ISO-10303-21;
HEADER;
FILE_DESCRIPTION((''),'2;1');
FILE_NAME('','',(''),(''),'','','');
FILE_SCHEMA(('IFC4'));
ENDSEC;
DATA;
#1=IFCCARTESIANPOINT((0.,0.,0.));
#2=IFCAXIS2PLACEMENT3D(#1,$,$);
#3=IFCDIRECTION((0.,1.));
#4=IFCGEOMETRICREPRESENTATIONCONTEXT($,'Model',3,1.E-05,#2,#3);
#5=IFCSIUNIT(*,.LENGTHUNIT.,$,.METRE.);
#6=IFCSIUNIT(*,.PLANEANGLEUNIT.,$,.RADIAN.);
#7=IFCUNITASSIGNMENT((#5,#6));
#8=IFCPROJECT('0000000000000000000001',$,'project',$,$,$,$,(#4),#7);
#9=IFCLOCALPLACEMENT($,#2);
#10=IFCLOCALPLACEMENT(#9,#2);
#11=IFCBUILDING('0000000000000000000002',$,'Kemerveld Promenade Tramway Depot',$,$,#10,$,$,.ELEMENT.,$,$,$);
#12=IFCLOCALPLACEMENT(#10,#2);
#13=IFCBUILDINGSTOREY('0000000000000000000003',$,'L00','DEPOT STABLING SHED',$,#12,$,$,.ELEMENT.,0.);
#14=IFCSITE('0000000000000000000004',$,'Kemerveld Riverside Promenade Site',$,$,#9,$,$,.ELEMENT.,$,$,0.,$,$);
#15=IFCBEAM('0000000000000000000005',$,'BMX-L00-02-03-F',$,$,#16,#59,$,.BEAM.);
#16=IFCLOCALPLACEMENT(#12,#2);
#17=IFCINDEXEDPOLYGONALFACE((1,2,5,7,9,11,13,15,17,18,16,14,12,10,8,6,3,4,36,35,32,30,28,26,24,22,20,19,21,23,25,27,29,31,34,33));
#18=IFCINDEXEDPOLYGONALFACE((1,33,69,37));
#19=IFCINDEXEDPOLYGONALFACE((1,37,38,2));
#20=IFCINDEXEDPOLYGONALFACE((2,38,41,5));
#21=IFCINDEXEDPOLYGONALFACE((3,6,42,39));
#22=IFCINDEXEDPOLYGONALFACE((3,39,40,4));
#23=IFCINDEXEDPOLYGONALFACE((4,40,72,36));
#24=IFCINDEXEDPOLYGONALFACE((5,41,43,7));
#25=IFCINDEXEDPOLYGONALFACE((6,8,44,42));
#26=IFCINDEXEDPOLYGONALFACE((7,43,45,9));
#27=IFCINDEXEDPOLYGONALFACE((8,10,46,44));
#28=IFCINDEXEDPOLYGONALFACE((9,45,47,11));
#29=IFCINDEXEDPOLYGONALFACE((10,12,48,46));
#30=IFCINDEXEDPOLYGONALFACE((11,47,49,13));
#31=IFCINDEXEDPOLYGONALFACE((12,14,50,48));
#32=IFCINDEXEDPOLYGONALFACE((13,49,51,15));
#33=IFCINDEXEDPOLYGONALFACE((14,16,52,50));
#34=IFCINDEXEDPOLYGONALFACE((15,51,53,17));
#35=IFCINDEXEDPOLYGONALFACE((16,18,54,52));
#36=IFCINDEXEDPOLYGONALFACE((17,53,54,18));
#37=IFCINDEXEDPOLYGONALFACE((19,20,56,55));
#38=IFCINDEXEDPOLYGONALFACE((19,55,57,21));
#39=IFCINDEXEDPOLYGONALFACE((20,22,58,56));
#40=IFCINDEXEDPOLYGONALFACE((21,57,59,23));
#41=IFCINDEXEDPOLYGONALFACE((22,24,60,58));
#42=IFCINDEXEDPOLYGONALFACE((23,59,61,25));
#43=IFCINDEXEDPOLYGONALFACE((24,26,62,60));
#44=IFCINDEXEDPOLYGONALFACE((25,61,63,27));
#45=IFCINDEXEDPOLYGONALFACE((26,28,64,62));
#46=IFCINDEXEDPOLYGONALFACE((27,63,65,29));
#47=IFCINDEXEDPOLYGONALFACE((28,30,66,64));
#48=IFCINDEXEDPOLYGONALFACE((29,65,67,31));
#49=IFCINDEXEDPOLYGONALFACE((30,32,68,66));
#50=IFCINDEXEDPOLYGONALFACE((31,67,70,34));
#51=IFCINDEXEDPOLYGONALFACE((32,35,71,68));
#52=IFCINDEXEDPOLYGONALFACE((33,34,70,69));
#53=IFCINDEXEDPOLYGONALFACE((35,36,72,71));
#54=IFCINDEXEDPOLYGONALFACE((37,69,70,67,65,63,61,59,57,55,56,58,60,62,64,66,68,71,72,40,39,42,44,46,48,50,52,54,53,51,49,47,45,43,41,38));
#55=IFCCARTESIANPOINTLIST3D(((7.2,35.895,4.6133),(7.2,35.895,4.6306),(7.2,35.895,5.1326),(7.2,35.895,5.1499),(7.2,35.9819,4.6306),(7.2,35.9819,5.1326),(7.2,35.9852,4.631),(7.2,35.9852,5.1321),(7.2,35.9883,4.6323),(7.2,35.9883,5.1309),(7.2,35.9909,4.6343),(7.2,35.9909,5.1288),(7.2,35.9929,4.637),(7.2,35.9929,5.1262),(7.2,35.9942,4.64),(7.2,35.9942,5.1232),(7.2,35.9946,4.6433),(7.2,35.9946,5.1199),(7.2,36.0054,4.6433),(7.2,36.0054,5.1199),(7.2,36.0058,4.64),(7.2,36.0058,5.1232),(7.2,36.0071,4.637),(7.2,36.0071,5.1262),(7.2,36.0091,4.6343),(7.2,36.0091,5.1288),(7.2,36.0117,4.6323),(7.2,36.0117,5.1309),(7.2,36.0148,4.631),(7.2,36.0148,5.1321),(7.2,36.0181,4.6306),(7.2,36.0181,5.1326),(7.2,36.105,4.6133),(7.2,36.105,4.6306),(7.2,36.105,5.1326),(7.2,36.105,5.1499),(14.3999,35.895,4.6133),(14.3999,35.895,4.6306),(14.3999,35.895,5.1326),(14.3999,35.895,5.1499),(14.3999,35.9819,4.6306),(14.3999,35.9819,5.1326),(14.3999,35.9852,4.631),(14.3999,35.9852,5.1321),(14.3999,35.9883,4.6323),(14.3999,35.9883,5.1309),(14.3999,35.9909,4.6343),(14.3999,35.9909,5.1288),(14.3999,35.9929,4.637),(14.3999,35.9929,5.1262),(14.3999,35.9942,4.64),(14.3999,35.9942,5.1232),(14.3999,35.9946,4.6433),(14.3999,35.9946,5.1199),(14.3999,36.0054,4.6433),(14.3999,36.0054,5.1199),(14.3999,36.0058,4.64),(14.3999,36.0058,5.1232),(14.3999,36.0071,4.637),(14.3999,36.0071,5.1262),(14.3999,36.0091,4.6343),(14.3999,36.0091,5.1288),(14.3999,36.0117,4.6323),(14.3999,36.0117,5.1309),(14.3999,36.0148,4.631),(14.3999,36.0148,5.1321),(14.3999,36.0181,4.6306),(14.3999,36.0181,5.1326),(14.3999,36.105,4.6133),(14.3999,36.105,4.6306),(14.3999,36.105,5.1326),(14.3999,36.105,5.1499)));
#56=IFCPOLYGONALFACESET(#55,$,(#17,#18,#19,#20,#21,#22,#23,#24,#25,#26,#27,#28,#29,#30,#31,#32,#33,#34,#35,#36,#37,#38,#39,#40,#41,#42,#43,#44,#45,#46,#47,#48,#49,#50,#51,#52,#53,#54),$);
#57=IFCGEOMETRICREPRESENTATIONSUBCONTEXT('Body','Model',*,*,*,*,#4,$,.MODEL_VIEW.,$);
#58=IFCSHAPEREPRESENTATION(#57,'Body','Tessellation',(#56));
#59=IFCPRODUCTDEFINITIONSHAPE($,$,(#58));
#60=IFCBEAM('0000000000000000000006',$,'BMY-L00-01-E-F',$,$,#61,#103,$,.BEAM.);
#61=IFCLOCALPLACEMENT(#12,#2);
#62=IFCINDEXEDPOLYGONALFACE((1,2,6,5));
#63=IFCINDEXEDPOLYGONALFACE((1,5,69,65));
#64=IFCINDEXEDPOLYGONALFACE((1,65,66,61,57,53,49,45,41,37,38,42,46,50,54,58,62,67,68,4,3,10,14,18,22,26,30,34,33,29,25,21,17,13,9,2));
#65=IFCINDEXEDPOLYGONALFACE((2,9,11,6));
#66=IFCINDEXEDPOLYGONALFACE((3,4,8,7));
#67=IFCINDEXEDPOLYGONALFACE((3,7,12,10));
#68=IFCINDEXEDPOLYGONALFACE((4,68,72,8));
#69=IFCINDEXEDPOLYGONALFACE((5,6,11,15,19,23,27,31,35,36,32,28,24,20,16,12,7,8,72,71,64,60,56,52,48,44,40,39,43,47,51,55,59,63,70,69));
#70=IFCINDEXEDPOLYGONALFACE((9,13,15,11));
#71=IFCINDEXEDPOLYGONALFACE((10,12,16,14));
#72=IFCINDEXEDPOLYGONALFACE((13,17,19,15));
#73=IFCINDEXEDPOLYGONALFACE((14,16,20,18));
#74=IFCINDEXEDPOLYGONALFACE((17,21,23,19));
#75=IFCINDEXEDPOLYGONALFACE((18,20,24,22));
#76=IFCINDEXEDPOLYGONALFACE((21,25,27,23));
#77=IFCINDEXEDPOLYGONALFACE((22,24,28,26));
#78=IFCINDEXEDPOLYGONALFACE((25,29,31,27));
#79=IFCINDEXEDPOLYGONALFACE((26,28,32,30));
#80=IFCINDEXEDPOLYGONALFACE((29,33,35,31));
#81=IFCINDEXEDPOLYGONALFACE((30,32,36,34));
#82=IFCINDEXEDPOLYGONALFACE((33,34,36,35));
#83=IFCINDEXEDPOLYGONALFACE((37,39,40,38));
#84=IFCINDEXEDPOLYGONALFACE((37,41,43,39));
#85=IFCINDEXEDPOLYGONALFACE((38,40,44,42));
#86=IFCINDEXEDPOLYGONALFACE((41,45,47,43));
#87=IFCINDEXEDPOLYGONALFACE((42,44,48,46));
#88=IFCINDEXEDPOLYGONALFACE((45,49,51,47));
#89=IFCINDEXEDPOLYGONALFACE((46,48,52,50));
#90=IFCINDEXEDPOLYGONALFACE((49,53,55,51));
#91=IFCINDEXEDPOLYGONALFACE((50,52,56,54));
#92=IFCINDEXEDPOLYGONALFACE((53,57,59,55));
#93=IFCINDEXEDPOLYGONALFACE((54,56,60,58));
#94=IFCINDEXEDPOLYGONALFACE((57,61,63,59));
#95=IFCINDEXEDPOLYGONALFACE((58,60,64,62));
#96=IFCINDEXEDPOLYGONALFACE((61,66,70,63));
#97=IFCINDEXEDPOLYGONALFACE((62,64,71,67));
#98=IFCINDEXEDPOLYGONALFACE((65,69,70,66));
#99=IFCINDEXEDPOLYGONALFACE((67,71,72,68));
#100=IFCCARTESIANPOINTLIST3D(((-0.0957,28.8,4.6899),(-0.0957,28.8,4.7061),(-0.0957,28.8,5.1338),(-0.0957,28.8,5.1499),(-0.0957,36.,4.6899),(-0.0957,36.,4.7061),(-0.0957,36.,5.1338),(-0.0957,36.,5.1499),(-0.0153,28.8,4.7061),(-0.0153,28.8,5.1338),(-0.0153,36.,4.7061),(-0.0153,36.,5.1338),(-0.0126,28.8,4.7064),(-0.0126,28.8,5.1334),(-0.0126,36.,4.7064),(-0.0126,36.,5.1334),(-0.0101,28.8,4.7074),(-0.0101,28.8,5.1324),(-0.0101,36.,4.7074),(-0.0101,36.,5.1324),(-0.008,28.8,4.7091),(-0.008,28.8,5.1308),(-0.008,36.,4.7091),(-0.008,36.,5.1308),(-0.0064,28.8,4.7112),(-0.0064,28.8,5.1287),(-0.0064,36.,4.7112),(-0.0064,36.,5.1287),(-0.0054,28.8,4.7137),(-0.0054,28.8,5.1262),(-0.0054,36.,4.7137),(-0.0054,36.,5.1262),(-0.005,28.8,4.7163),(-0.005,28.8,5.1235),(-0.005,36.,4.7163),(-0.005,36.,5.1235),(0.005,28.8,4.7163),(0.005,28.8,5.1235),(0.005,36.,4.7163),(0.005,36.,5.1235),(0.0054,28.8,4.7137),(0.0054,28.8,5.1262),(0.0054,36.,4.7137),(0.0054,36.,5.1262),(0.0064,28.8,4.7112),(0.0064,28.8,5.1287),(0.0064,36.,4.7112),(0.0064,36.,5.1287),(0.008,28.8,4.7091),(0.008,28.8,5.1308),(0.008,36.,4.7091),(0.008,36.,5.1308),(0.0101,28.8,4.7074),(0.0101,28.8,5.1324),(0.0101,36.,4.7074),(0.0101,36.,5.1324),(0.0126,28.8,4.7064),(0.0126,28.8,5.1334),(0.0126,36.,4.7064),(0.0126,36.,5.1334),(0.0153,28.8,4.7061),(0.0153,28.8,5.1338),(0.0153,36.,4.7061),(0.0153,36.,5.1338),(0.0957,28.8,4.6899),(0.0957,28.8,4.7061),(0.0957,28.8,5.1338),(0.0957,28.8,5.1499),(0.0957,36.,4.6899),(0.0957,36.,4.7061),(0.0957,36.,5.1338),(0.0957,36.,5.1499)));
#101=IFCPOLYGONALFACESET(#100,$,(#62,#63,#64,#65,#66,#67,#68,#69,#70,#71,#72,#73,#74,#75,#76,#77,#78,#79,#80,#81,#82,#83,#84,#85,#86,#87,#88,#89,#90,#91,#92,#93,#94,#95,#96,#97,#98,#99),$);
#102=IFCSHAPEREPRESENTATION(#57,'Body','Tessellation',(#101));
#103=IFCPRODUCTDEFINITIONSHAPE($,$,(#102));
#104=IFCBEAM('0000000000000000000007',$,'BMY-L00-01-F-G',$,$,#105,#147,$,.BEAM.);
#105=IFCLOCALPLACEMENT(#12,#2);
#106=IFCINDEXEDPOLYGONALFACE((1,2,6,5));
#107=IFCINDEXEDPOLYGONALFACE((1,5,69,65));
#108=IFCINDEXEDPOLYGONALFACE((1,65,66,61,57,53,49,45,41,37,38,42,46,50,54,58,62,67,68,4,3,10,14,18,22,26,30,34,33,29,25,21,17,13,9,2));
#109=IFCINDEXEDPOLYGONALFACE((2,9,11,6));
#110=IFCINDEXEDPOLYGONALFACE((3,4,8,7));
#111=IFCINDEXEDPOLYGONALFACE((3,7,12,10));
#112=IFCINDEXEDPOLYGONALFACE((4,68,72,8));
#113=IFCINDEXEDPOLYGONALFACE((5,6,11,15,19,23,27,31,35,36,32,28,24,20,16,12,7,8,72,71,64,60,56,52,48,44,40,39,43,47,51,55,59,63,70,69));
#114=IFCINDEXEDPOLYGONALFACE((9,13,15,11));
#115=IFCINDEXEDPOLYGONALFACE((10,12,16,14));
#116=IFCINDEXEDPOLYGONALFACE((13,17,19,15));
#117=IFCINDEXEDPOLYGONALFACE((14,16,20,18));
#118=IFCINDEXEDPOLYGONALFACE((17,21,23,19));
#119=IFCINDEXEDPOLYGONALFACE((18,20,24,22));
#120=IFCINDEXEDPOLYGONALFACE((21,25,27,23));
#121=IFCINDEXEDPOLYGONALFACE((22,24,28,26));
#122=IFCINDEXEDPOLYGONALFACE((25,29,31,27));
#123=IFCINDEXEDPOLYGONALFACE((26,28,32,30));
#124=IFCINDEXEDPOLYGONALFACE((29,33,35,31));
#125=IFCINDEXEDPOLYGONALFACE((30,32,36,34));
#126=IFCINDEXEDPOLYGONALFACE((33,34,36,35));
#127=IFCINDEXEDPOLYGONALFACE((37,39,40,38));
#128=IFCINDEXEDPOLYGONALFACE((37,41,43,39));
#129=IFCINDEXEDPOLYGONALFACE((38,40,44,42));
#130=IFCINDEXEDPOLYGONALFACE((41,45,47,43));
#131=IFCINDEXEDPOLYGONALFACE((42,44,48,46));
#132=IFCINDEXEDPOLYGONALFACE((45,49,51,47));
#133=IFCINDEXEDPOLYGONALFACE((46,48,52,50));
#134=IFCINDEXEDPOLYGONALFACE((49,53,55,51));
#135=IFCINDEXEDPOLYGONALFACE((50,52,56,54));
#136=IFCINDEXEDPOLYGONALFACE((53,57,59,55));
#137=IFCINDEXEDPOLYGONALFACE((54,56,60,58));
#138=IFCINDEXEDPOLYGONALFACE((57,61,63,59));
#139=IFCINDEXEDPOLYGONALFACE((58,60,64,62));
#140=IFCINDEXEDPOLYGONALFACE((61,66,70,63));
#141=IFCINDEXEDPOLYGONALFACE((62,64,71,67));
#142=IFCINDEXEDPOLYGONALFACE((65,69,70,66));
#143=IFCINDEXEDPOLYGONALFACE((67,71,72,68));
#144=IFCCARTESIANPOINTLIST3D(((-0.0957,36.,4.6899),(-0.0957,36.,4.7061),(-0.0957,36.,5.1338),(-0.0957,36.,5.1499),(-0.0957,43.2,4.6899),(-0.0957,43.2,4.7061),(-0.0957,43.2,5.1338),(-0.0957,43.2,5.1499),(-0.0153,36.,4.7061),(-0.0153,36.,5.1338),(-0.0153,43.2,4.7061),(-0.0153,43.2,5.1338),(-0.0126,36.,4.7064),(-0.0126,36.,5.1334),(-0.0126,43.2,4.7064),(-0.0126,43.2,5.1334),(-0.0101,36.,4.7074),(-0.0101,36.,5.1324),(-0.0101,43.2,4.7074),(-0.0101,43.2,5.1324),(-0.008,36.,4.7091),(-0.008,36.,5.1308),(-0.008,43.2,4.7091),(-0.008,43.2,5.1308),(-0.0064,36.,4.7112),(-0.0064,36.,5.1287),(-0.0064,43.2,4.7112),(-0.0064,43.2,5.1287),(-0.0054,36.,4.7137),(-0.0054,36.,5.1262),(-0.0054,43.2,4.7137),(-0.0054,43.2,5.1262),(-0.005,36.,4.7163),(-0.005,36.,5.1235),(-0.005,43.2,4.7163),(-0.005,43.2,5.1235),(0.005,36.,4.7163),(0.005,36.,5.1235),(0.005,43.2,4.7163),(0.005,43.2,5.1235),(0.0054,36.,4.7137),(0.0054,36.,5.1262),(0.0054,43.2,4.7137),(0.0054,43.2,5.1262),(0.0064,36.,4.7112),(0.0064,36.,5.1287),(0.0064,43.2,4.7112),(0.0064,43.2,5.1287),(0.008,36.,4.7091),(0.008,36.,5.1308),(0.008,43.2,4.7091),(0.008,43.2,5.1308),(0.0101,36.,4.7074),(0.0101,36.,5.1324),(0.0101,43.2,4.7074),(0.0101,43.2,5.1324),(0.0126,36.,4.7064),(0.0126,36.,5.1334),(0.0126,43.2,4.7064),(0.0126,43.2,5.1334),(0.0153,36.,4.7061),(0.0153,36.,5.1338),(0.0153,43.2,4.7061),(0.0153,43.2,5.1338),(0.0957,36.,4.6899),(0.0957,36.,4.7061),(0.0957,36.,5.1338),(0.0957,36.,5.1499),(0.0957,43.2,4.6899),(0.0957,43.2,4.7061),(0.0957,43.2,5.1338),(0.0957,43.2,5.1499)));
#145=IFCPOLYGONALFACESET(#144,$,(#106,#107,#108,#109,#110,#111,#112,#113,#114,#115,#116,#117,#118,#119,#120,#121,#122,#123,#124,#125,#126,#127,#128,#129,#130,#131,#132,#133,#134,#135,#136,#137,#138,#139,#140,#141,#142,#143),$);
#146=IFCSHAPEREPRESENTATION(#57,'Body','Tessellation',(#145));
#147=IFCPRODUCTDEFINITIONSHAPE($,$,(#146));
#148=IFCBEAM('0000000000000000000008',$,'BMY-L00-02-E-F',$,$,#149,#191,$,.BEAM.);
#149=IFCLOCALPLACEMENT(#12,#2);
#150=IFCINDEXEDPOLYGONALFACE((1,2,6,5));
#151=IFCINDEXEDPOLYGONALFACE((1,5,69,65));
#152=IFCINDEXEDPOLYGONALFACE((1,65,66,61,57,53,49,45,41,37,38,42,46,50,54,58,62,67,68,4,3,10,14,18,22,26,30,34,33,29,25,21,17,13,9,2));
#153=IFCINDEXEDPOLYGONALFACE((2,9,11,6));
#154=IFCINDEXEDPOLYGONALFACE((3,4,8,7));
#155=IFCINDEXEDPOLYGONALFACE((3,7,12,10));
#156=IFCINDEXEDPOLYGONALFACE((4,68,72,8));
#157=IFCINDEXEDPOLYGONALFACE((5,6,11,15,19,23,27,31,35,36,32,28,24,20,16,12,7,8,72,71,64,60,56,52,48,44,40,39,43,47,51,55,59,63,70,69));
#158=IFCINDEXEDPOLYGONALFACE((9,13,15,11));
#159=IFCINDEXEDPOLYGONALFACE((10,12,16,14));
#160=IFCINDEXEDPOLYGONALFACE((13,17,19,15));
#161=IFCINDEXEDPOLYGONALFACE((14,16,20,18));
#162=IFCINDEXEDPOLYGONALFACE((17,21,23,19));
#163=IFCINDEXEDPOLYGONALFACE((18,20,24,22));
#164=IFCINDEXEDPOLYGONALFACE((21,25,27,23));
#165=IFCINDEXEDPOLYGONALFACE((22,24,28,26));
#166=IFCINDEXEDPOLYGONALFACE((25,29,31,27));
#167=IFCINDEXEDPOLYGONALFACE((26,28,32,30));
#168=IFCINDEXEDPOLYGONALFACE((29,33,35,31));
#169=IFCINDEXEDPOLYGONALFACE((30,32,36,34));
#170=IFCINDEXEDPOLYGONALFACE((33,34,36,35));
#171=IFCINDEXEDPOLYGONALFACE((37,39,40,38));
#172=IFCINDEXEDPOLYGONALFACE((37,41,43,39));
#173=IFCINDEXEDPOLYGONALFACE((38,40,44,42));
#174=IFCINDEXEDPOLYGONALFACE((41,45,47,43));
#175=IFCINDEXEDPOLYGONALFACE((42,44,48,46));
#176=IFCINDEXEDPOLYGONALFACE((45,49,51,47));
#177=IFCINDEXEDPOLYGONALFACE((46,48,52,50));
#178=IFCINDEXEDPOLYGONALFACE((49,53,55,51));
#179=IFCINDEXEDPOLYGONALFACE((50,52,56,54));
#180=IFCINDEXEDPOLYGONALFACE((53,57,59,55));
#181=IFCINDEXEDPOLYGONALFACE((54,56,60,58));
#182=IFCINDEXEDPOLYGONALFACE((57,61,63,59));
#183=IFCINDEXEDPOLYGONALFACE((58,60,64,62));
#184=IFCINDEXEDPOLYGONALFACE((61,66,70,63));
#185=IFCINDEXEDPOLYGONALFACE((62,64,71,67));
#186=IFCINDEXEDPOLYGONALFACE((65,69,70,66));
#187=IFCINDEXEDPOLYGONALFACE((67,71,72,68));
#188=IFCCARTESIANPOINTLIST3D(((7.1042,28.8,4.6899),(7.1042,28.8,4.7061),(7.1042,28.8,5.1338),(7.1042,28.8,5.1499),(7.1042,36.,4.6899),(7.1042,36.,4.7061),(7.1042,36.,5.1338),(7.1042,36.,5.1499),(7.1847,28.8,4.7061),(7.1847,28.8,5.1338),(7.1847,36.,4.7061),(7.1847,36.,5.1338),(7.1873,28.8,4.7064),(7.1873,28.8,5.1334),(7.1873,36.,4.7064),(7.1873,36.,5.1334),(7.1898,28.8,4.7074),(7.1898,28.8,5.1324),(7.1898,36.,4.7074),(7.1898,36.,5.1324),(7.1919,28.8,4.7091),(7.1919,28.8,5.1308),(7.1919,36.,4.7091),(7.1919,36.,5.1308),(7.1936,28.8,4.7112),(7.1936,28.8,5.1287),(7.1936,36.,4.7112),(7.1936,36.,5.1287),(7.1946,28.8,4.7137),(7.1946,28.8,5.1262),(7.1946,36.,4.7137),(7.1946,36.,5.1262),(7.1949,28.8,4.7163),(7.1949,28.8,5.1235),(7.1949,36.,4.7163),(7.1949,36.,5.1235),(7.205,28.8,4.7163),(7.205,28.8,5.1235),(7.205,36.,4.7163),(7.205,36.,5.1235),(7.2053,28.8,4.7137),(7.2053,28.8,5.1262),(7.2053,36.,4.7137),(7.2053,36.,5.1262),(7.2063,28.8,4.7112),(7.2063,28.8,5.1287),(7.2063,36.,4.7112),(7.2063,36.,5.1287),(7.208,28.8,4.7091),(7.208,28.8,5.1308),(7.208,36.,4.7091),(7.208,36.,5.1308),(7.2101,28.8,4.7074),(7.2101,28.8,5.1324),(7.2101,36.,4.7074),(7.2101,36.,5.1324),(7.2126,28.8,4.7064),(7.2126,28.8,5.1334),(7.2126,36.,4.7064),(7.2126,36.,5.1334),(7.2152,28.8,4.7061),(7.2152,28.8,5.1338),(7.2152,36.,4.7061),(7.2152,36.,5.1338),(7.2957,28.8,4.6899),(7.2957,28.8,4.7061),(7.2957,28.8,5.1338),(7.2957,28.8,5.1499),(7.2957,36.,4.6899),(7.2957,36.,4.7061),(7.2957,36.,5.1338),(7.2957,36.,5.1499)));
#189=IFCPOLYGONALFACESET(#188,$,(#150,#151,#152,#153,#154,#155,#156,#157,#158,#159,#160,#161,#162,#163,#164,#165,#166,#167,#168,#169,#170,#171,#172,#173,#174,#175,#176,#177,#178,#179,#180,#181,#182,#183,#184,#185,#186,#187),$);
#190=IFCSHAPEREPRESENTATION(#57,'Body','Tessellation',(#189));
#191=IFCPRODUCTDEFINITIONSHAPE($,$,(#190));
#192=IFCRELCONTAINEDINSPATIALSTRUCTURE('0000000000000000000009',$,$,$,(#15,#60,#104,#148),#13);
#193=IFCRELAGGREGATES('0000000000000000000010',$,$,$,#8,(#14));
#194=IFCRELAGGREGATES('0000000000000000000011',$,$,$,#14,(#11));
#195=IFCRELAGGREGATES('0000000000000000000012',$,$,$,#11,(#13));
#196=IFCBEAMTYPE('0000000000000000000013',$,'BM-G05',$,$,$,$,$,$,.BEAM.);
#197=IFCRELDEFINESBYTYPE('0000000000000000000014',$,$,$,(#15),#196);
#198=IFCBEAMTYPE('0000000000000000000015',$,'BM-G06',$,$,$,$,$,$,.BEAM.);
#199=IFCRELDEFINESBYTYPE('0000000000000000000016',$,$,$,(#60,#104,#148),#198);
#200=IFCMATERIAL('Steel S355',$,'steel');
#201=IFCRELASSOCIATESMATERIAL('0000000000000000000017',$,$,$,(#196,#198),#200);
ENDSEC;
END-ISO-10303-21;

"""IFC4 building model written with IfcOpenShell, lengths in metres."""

from ifc_helpers import new_model, si_unit, direction, frame, origin, origin_2d, place, context, subcontext, project, spatial, i_section, extrude, material, material_profile, profile_set, type_object, element, save


model = new_model("IFC4")

# Units and contexts
model_context = context("Model", 3, precision=1e-05, world=origin(), true_north=direction((0.0, 1.0)))
body_context = subcontext(model_context, "Body", "Model", "MODEL_VIEW")
ifc_project = project(units=[si_unit("LENGTHUNIT", "METRE"), si_unit("PLANEANGLEUNIT", "RADIAN")], contexts=[model_context])

# Site, building, storey
site_placement = place(None, origin())
site = spatial("IfcSite", under=ifc_project, at=site_placement, Name="Kemerveld Riverside Promenade Site", CompositionType="ELEMENT", RefElevation=0.0)
building_placement = place(site_placement, origin())
building = spatial("IfcBuilding", under=site, at=building_placement, Name="Kemerveld Promenade Tramway Depot", CompositionType="ELEMENT")
storey_placement = place(building_placement, origin())
storey = spatial("IfcBuildingStorey", under=building, at=storey_placement, Name="L00", Description="DEPOT STABLING SHED", CompositionType="ELEMENT", Elevation=0.0)

# Shared definitions
ifc_material_1 = material(Name="Steel S355", Category="steel")

# Beams
ifc_material_profile_1 = material_profile(ifc_material_1, i_section(OverallWidth=0.21, OverallDepth=0.5366, WebThickness=0.0107, FlangeThickness=0.0173, FilletRadius=0.0127, at=origin_2d()), Name="533x210x101 UB")
ifc_profile_set_1 = profile_set([ifc_material_profile_1], Name="Steel S355")
beam_type_1 = type_object("IfcBeamType", Name="BM-G05", PredefinedType="BEAM", material=ifc_profile_set_1)
for number, where, z_axis, x_axis, name in (
    (1, (7.2, 36.0, 4.8816), (1.0, 0.0, 0.0), (0.0, 1.0, 0.0), "BMX-L00-02-03-F"),
):
    element("IfcBeam", number, at=place(storey_placement, frame(where, z_axis=z_axis, x_axis=x_axis)), inside=storey, type_object=beam_type_1, Name=name, PredefinedType="BEAM", context=body_context, shape_type="SweptSolid", body=[
        extrude(i_section(OverallWidth=0.21, OverallDepth=0.5366, WebThickness=0.0107, FlangeThickness=0.0173, FilletRadius=0.0127, at=origin_2d()), origin(), (0.0, 0.0, 1.0), 7.2),
    ])
ifc_material_profile_2 = material_profile(ifc_material_1, i_section(OverallWidth=0.1914, OverallDepth=0.46, WebThickness=0.01, FlangeThickness=0.0161, FilletRadius=0.0103, at=origin_2d()), Name="457x191x82 UB")
ifc_profile_set_2 = profile_set([ifc_material_profile_2], Name="Steel S355")
beam_type_2 = type_object("IfcBeamType", Name="BM-G06", PredefinedType="BEAM", material=ifc_profile_set_2)
for number, where, z_axis, x_axis, name in (
    (2, (0.0, 28.8, 4.9199), (0.0, 1.0, 0.0), (-1.0, 0.0, 0.0), "BMY-L00-01-E-F"),
    (3, (0.0, 36.0, 4.9199), (0.0, 1.0, 0.0), (-1.0, 0.0, 0.0), "BMY-L00-01-F-G"),
    (4, (7.2, 28.8, 4.9199), (0.0, 1.0, 0.0), (-1.0, 0.0, 0.0), "BMY-L00-02-E-F"),
):
    element("IfcBeam", number, at=place(storey_placement, frame(where, z_axis=z_axis, x_axis=x_axis)), inside=storey, type_object=beam_type_2, Name=name, PredefinedType="BEAM", context=body_context, shape_type="SweptSolid", body=[
        extrude(i_section(OverallWidth=0.1914, OverallDepth=0.46, WebThickness=0.01, FlangeThickness=0.0161, FilletRadius=0.0103, at=origin_2d()), origin(), (0.0, 0.0, 1.0), 7.2),
    ])

save(model, "model.ifc")
